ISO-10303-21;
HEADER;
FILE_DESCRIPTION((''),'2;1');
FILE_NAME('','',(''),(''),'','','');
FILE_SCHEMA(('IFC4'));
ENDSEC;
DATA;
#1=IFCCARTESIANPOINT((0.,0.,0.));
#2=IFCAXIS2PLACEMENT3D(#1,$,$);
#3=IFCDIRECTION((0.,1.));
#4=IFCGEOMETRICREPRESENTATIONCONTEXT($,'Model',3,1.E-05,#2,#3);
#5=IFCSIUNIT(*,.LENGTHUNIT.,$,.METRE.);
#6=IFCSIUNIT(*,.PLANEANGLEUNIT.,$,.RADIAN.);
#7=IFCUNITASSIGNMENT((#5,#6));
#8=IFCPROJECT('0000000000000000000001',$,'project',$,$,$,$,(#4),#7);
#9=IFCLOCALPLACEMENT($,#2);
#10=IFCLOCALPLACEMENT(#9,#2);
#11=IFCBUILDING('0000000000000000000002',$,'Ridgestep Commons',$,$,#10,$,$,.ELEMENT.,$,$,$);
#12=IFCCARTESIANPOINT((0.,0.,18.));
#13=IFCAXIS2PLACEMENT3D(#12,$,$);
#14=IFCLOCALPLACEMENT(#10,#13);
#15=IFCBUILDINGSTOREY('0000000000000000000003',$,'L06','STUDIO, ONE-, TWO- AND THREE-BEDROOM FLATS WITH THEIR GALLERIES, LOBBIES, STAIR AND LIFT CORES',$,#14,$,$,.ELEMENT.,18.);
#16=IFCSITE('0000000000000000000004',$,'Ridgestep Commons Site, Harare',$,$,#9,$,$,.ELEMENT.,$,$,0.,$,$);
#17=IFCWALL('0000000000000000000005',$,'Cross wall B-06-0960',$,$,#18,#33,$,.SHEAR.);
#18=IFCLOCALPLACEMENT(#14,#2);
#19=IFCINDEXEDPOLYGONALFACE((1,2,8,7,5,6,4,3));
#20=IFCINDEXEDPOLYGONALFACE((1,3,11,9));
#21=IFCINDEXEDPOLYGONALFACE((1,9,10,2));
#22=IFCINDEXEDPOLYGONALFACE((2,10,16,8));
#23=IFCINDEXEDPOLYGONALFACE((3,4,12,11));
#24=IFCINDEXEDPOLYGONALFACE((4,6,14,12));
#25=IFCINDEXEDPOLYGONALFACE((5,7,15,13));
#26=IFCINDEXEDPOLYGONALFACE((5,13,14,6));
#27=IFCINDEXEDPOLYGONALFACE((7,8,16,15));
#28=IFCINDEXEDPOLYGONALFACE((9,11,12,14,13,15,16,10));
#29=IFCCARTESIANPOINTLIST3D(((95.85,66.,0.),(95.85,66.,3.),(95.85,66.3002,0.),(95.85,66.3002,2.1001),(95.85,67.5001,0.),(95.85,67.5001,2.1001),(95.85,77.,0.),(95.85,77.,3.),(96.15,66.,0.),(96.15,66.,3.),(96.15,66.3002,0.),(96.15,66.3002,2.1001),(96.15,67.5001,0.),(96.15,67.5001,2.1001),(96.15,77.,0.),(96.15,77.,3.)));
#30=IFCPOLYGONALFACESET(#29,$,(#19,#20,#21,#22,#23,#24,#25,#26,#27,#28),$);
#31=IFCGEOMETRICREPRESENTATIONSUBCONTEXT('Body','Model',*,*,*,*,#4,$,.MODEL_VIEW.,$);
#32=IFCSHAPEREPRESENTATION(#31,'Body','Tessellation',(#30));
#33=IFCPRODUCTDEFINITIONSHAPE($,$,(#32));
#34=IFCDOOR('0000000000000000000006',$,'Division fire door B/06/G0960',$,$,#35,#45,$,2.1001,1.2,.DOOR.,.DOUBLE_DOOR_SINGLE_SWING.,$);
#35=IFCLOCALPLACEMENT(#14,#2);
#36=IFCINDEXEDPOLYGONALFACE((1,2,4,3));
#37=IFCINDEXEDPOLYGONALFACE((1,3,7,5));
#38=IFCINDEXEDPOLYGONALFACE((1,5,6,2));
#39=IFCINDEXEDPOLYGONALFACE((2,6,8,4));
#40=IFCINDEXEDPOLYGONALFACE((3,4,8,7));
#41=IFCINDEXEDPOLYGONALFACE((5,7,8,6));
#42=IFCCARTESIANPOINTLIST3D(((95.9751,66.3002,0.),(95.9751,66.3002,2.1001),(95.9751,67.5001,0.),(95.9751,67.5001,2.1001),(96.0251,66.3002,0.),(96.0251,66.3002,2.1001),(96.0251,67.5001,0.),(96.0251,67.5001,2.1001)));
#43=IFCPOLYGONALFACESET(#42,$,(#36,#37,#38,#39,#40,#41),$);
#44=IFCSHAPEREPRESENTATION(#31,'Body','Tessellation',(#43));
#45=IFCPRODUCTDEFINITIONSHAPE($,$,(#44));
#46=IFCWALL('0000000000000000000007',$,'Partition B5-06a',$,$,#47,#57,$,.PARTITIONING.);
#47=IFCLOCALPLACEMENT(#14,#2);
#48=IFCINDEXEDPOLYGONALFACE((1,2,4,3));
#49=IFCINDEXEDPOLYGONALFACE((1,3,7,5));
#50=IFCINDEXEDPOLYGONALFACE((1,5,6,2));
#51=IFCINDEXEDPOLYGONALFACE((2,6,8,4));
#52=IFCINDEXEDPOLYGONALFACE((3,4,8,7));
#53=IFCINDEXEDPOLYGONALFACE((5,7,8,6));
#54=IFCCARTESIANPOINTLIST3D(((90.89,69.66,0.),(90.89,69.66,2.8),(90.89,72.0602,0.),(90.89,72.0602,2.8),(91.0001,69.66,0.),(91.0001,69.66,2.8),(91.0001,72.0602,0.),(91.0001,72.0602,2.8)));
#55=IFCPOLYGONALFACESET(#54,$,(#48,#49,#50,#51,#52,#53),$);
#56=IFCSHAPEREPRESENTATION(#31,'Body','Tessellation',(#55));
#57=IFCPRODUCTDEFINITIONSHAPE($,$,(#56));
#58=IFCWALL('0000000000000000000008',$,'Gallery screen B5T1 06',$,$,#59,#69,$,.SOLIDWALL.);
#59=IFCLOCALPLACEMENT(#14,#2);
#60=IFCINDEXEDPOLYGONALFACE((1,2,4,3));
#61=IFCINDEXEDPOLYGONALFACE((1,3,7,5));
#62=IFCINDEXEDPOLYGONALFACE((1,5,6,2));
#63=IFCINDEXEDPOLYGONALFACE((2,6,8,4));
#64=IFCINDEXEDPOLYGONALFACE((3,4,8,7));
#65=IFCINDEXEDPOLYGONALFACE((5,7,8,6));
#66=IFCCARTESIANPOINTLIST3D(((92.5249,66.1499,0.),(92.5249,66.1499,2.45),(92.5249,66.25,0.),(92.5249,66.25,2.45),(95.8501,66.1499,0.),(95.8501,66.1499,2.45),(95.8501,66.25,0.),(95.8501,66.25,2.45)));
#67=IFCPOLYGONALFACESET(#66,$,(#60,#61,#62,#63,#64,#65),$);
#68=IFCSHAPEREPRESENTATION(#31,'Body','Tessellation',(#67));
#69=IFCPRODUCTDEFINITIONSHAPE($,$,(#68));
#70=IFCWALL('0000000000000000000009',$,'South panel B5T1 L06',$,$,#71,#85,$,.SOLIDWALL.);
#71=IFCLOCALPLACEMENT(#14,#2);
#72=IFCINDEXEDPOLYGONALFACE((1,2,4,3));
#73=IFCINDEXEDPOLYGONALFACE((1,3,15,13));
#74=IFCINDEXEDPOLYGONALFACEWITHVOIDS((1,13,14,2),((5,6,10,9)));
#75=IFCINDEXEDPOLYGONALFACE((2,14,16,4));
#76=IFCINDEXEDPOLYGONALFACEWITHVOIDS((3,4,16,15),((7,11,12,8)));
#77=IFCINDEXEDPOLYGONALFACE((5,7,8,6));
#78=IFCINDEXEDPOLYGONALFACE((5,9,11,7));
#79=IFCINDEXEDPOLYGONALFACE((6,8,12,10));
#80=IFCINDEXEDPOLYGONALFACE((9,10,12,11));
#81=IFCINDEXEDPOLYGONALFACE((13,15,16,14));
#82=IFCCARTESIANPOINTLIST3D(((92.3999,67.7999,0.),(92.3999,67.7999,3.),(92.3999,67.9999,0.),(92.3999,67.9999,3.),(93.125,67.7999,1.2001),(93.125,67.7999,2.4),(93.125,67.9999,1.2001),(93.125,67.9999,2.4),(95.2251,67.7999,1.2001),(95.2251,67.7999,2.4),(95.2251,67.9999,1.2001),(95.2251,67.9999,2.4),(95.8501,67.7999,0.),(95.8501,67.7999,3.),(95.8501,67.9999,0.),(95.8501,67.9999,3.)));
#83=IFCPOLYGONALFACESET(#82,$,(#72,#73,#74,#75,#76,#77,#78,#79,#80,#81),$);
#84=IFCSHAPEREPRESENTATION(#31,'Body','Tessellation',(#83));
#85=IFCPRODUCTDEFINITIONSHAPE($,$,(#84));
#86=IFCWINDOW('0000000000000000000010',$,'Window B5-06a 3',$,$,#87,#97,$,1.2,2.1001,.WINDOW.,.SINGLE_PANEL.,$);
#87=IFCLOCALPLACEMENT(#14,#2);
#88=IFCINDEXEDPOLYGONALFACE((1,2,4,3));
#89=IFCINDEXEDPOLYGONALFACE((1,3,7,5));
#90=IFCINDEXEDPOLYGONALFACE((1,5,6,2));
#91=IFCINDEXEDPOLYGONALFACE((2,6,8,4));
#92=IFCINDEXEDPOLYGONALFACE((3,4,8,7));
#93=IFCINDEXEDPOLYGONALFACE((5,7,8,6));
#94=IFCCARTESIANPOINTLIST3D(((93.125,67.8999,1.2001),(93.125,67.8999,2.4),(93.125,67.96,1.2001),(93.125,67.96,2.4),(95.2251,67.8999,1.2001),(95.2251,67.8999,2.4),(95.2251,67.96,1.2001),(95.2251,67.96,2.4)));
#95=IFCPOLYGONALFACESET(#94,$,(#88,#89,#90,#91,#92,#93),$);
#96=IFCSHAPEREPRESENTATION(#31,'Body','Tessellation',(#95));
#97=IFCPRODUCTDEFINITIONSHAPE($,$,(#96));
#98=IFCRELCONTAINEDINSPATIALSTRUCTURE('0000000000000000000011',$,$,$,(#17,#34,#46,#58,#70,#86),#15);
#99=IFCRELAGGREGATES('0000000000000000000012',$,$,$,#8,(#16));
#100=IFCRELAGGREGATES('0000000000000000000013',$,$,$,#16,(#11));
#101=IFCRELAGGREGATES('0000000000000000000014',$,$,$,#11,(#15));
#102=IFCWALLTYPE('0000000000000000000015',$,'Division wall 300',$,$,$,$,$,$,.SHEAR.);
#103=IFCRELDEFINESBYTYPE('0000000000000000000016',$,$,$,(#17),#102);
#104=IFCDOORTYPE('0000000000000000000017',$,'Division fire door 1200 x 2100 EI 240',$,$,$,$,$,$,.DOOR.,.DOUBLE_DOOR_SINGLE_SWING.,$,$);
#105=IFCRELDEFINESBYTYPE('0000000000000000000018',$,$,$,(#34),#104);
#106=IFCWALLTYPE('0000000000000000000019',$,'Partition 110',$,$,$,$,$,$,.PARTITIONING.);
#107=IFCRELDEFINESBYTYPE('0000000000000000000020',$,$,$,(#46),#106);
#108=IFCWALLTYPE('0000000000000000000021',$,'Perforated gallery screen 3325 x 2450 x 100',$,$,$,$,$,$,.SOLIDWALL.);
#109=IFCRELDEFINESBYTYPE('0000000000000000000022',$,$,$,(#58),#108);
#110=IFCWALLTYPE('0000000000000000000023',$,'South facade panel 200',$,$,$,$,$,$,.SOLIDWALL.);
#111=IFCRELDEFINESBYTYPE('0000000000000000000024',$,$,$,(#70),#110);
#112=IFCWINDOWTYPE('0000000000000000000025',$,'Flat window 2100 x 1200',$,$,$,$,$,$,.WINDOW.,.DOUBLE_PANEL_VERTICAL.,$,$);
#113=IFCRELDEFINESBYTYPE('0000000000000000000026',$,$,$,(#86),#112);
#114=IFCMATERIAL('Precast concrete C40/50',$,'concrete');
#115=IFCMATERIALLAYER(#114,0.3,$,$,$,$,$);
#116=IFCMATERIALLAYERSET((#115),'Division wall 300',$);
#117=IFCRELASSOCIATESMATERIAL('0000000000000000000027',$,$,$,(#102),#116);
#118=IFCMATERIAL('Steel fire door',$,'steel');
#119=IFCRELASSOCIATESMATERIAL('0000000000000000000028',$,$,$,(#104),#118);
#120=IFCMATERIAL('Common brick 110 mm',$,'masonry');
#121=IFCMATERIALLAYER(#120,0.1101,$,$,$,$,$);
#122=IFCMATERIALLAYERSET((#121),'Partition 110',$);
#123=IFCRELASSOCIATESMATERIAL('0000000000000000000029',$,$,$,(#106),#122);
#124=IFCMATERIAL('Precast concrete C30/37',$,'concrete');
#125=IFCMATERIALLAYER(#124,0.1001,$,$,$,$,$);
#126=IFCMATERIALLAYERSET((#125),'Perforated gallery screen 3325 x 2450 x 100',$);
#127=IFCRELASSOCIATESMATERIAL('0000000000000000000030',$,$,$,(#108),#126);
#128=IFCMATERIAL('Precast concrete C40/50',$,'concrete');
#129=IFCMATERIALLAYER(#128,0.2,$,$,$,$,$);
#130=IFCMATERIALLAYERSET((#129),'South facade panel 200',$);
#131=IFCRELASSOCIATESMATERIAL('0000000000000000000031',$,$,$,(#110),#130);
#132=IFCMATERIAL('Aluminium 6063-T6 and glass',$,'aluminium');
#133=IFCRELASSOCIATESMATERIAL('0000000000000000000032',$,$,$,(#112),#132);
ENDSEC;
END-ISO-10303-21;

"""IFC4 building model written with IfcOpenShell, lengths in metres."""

from ifc_helpers import new_model, si_unit, direction, frame, frame_2d, origin, place, context, subcontext, project, spatial, rectangle, extrude, material, layer, layer_set, type_object, element, fill, save


model = new_model("IFC4")

# Units and contexts
model_context = context("Model", 3, precision=1e-05, world=origin(), true_north=direction((0.0, 1.0)))
body_context = subcontext(model_context, "Body", "Model", "MODEL_VIEW")
ifc_project = project(units=[si_unit("LENGTHUNIT", "METRE"), si_unit("PLANEANGLEUNIT", "RADIAN")], contexts=[model_context])

# Site, building, storey
site_placement = place(None, origin())
site = spatial("IfcSite", under=ifc_project, at=site_placement, Name="Ridgestep Commons Site, Harare", CompositionType="ELEMENT", RefElevation=0.0)
building_placement = place(site_placement, origin())
building = spatial("IfcBuilding", under=site, at=building_placement, Name="Ridgestep Commons", CompositionType="ELEMENT")
storey_placement = place(building_placement, frame((0.0, 0.0, 18.0)))
storey = spatial("IfcBuildingStorey", under=building, at=storey_placement, Name="L06", Description="STUDIO, ONE-, TWO- AND THREE-BEDROOM FLATS WITH THEIR GALLERIES, LOBBIES, STAIR AND LIFT CORES", CompositionType="ELEMENT", Elevation=18.0)

# Wall, opening, door
ifc_material_1 = material(Name="Precast concrete C40/50", Category="concrete")
ifc_layer_1 = layer(ifc_material_1, 0.3)
ifc_layer_set_1 = layer_set([ifc_layer_1], Name="Division wall 300")
wall_type_1 = type_object("IfcWallType", Name="Division wall 300", PredefinedType="SHEAR", material=ifc_layer_set_1)
wall_1_placement = place(storey_placement, frame((96.0, 66.0, 0.0), z_axis=(0.0, 0.0, 1.0), x_axis=(0.0, 1.0, 0.0)))
wall_1 = element("IfcWall", 1, at=wall_1_placement, inside=storey, type_object=wall_type_1, Name="Cross wall B-06-0960", PredefinedType="SHEAR", context=body_context, shape_type="SweptSolid", body=[
    extrude(rectangle(XDim=11.0, YDim=0.3, at=frame_2d((5.5, 0.0))), origin(), (0.0, 0.0, 1.0), 3.0),
])
opening_1_placement = place(wall_1_placement, frame((0.3, 0.0, 0.0)))
opening_1 = element("IfcOpeningElement", 2, at=opening_1_placement, cuts=wall_1, PredefinedType="OPENING", context=body_context, shape_type="SweptSolid", body=[
    extrude(rectangle(XDim=1.2, YDim=2.1001, at=frame_2d((0.6001, 1.05))), frame((0.0, 0.1599, 0.0), z_axis=(0.0, -1.0, 0.0), x_axis=(1.0, 0.0, 0.0)), (0.0, 0.0, 1.0), 0.3201),
])
ifc_material_2 = material(Name="Steel fire door", Category="steel")
door_type_1 = type_object("IfcDoorType", Name="Division fire door 1200 x 2100 EI 240", OperationType="DOUBLE_DOOR_SINGLE_SWING", PredefinedType="DOOR", material=ifc_material_2)
door_1_placement = place(opening_1_placement, origin())
door_1 = element("IfcDoor", 3, at=door_1_placement, inside=storey, type_object=door_type_1, Name="Division fire door B/06/G0960", OperationType="DOUBLE_DOOR_SINGLE_SWING", OverallHeight=2.1001, OverallWidth=1.2, PredefinedType="DOOR", context=body_context, shape_type="SweptSolid", body=[
    extrude(rectangle(XDim=1.2, YDim=2.1001, at=frame_2d((0.6001, 1.05))), frame((0.0, 0.0249, 0.0), z_axis=(0.0, -1.0, 0.0), x_axis=(1.0, 0.0, 0.0)), (0.0, 0.0, 1.0), 0.05),
])
fill(opening_1, door_1)

# Walls
ifc_material_3 = material(Name="Common brick 110 mm", Category="masonry")
ifc_layer_2 = layer(ifc_material_3, 0.1101)
ifc_layer_set_2 = layer_set([ifc_layer_2], Name="Partition 110")
wall_type_2 = type_object("IfcWallType", Name="Partition 110", PredefinedType="PARTITIONING", material=ifc_layer_set_2)
wall_2_placement = place(storey_placement, frame((90.9451, 69.6599, 0.0), z_axis=(0.0, 0.0, 1.0), x_axis=(0.0, 1.0, 0.0)))
element("IfcWall", 4, at=wall_2_placement, inside=storey, type_object=wall_type_2, Name="Partition B5-06a", PredefinedType="PARTITIONING", context=body_context, shape_type="SweptSolid", body=[
    extrude(rectangle(XDim=2.4001, YDim=0.1101, at=frame_2d((1.2002, 0.0))), origin(), (0.0, 0.0, 1.0), 2.8),
])
ifc_material_4 = material(Name="Precast concrete C30/37", Category="concrete")
ifc_layer_3 = layer(ifc_material_4, 0.1001)
ifc_layer_set_3 = layer_set([ifc_layer_3], Name="Perforated gallery screen 3325 x 2450 x 100")
wall_type_3 = type_object("IfcWallType", Name="Perforated gallery screen 3325 x 2450 x 100", PredefinedType="SOLIDWALL", material=ifc_layer_set_3)
wall_3_placement = place(storey_placement, frame((92.5249, 66.2, 0.0), z_axis=(0.0, 0.0, 1.0), x_axis=(1.0, 0.0, 0.0)))
element("IfcWall", 5, at=wall_3_placement, inside=storey, type_object=wall_type_3, Name="Gallery screen B5T1 06", PredefinedType="SOLIDWALL", context=body_context, shape_type="SweptSolid", body=[
    extrude(rectangle(XDim=3.3252, YDim=0.1001, at=frame_2d((1.6626, 0.0))), origin(), (0.0, 0.0, 1.0), 2.45),
])

# Wall, opening, window
ifc_material_5 = material(Name="Precast concrete C40/50", Category="concrete")
ifc_layer_4 = layer(ifc_material_5, 0.2)
ifc_layer_set_4 = layer_set([ifc_layer_4], Name="South facade panel 200")
wall_type_4 = type_object("IfcWallType", Name="South facade panel 200", PredefinedType="SOLIDWALL", material=ifc_layer_set_4)
wall_4_placement = place(storey_placement, frame((92.3999, 67.8999, 0.0), z_axis=(0.0, 0.0, 1.0), x_axis=(1.0, 0.0, 0.0)))
wall_4 = element("IfcWall", 6, at=wall_4_placement, inside=storey, type_object=wall_type_4, Name="South panel B5T1 L06", PredefinedType="SOLIDWALL", context=body_context, shape_type="SweptSolid", body=[
    extrude(rectangle(XDim=3.4502, YDim=0.2, at=frame_2d((1.7251, 0.0))), origin(), (0.0, 0.0, 1.0), 3.0),
])
opening_2_placement = place(wall_4_placement, frame((0.7251, 0.0, 1.2)))
opening_2 = element("IfcOpeningElement", 7, at=opening_2_placement, cuts=wall_4, PredefinedType="OPENING", context=body_context, shape_type="SweptSolid", body=[
    extrude(rectangle(XDim=2.1001, YDim=1.2, at=frame_2d((1.05, 0.6001))), frame((0.0, 0.1099, 0.0), z_axis=(0.0, -1.0, 0.0), x_axis=(1.0, 0.0, 0.0)), (0.0, 0.0, 1.0), 0.22),
])
ifc_material_6 = material(Name="Aluminium 6063-T6 and glass", Category="aluminium")
window_type = type_object("IfcWindowType", Name="Flat window 2100 x 1200", PartitioningType="DOUBLE_PANEL_VERTICAL", PredefinedType="WINDOW", material=ifc_material_6)
window_placement = place(opening_2_placement, origin())
window = element("IfcWindow", 8, at=window_placement, inside=storey, type_object=window_type, Name="Window B5-06a 3", OverallHeight=1.2, OverallWidth=2.1001, PartitioningType="SINGLE_PANEL", PredefinedType="WINDOW", context=body_context, shape_type="SweptSolid", body=[
    extrude(rectangle(XDim=2.1001, YDim=1.2, at=frame_2d((1.05, 0.6001))), frame((0.0, 0.0601, 0.0), z_axis=(0.0, -1.0, 0.0), x_axis=(1.0, 0.0, 0.0)), (0.0, 0.0, 1.0), 0.0601),
])
fill(opening_2, window)

save(model, "model.ifc")
